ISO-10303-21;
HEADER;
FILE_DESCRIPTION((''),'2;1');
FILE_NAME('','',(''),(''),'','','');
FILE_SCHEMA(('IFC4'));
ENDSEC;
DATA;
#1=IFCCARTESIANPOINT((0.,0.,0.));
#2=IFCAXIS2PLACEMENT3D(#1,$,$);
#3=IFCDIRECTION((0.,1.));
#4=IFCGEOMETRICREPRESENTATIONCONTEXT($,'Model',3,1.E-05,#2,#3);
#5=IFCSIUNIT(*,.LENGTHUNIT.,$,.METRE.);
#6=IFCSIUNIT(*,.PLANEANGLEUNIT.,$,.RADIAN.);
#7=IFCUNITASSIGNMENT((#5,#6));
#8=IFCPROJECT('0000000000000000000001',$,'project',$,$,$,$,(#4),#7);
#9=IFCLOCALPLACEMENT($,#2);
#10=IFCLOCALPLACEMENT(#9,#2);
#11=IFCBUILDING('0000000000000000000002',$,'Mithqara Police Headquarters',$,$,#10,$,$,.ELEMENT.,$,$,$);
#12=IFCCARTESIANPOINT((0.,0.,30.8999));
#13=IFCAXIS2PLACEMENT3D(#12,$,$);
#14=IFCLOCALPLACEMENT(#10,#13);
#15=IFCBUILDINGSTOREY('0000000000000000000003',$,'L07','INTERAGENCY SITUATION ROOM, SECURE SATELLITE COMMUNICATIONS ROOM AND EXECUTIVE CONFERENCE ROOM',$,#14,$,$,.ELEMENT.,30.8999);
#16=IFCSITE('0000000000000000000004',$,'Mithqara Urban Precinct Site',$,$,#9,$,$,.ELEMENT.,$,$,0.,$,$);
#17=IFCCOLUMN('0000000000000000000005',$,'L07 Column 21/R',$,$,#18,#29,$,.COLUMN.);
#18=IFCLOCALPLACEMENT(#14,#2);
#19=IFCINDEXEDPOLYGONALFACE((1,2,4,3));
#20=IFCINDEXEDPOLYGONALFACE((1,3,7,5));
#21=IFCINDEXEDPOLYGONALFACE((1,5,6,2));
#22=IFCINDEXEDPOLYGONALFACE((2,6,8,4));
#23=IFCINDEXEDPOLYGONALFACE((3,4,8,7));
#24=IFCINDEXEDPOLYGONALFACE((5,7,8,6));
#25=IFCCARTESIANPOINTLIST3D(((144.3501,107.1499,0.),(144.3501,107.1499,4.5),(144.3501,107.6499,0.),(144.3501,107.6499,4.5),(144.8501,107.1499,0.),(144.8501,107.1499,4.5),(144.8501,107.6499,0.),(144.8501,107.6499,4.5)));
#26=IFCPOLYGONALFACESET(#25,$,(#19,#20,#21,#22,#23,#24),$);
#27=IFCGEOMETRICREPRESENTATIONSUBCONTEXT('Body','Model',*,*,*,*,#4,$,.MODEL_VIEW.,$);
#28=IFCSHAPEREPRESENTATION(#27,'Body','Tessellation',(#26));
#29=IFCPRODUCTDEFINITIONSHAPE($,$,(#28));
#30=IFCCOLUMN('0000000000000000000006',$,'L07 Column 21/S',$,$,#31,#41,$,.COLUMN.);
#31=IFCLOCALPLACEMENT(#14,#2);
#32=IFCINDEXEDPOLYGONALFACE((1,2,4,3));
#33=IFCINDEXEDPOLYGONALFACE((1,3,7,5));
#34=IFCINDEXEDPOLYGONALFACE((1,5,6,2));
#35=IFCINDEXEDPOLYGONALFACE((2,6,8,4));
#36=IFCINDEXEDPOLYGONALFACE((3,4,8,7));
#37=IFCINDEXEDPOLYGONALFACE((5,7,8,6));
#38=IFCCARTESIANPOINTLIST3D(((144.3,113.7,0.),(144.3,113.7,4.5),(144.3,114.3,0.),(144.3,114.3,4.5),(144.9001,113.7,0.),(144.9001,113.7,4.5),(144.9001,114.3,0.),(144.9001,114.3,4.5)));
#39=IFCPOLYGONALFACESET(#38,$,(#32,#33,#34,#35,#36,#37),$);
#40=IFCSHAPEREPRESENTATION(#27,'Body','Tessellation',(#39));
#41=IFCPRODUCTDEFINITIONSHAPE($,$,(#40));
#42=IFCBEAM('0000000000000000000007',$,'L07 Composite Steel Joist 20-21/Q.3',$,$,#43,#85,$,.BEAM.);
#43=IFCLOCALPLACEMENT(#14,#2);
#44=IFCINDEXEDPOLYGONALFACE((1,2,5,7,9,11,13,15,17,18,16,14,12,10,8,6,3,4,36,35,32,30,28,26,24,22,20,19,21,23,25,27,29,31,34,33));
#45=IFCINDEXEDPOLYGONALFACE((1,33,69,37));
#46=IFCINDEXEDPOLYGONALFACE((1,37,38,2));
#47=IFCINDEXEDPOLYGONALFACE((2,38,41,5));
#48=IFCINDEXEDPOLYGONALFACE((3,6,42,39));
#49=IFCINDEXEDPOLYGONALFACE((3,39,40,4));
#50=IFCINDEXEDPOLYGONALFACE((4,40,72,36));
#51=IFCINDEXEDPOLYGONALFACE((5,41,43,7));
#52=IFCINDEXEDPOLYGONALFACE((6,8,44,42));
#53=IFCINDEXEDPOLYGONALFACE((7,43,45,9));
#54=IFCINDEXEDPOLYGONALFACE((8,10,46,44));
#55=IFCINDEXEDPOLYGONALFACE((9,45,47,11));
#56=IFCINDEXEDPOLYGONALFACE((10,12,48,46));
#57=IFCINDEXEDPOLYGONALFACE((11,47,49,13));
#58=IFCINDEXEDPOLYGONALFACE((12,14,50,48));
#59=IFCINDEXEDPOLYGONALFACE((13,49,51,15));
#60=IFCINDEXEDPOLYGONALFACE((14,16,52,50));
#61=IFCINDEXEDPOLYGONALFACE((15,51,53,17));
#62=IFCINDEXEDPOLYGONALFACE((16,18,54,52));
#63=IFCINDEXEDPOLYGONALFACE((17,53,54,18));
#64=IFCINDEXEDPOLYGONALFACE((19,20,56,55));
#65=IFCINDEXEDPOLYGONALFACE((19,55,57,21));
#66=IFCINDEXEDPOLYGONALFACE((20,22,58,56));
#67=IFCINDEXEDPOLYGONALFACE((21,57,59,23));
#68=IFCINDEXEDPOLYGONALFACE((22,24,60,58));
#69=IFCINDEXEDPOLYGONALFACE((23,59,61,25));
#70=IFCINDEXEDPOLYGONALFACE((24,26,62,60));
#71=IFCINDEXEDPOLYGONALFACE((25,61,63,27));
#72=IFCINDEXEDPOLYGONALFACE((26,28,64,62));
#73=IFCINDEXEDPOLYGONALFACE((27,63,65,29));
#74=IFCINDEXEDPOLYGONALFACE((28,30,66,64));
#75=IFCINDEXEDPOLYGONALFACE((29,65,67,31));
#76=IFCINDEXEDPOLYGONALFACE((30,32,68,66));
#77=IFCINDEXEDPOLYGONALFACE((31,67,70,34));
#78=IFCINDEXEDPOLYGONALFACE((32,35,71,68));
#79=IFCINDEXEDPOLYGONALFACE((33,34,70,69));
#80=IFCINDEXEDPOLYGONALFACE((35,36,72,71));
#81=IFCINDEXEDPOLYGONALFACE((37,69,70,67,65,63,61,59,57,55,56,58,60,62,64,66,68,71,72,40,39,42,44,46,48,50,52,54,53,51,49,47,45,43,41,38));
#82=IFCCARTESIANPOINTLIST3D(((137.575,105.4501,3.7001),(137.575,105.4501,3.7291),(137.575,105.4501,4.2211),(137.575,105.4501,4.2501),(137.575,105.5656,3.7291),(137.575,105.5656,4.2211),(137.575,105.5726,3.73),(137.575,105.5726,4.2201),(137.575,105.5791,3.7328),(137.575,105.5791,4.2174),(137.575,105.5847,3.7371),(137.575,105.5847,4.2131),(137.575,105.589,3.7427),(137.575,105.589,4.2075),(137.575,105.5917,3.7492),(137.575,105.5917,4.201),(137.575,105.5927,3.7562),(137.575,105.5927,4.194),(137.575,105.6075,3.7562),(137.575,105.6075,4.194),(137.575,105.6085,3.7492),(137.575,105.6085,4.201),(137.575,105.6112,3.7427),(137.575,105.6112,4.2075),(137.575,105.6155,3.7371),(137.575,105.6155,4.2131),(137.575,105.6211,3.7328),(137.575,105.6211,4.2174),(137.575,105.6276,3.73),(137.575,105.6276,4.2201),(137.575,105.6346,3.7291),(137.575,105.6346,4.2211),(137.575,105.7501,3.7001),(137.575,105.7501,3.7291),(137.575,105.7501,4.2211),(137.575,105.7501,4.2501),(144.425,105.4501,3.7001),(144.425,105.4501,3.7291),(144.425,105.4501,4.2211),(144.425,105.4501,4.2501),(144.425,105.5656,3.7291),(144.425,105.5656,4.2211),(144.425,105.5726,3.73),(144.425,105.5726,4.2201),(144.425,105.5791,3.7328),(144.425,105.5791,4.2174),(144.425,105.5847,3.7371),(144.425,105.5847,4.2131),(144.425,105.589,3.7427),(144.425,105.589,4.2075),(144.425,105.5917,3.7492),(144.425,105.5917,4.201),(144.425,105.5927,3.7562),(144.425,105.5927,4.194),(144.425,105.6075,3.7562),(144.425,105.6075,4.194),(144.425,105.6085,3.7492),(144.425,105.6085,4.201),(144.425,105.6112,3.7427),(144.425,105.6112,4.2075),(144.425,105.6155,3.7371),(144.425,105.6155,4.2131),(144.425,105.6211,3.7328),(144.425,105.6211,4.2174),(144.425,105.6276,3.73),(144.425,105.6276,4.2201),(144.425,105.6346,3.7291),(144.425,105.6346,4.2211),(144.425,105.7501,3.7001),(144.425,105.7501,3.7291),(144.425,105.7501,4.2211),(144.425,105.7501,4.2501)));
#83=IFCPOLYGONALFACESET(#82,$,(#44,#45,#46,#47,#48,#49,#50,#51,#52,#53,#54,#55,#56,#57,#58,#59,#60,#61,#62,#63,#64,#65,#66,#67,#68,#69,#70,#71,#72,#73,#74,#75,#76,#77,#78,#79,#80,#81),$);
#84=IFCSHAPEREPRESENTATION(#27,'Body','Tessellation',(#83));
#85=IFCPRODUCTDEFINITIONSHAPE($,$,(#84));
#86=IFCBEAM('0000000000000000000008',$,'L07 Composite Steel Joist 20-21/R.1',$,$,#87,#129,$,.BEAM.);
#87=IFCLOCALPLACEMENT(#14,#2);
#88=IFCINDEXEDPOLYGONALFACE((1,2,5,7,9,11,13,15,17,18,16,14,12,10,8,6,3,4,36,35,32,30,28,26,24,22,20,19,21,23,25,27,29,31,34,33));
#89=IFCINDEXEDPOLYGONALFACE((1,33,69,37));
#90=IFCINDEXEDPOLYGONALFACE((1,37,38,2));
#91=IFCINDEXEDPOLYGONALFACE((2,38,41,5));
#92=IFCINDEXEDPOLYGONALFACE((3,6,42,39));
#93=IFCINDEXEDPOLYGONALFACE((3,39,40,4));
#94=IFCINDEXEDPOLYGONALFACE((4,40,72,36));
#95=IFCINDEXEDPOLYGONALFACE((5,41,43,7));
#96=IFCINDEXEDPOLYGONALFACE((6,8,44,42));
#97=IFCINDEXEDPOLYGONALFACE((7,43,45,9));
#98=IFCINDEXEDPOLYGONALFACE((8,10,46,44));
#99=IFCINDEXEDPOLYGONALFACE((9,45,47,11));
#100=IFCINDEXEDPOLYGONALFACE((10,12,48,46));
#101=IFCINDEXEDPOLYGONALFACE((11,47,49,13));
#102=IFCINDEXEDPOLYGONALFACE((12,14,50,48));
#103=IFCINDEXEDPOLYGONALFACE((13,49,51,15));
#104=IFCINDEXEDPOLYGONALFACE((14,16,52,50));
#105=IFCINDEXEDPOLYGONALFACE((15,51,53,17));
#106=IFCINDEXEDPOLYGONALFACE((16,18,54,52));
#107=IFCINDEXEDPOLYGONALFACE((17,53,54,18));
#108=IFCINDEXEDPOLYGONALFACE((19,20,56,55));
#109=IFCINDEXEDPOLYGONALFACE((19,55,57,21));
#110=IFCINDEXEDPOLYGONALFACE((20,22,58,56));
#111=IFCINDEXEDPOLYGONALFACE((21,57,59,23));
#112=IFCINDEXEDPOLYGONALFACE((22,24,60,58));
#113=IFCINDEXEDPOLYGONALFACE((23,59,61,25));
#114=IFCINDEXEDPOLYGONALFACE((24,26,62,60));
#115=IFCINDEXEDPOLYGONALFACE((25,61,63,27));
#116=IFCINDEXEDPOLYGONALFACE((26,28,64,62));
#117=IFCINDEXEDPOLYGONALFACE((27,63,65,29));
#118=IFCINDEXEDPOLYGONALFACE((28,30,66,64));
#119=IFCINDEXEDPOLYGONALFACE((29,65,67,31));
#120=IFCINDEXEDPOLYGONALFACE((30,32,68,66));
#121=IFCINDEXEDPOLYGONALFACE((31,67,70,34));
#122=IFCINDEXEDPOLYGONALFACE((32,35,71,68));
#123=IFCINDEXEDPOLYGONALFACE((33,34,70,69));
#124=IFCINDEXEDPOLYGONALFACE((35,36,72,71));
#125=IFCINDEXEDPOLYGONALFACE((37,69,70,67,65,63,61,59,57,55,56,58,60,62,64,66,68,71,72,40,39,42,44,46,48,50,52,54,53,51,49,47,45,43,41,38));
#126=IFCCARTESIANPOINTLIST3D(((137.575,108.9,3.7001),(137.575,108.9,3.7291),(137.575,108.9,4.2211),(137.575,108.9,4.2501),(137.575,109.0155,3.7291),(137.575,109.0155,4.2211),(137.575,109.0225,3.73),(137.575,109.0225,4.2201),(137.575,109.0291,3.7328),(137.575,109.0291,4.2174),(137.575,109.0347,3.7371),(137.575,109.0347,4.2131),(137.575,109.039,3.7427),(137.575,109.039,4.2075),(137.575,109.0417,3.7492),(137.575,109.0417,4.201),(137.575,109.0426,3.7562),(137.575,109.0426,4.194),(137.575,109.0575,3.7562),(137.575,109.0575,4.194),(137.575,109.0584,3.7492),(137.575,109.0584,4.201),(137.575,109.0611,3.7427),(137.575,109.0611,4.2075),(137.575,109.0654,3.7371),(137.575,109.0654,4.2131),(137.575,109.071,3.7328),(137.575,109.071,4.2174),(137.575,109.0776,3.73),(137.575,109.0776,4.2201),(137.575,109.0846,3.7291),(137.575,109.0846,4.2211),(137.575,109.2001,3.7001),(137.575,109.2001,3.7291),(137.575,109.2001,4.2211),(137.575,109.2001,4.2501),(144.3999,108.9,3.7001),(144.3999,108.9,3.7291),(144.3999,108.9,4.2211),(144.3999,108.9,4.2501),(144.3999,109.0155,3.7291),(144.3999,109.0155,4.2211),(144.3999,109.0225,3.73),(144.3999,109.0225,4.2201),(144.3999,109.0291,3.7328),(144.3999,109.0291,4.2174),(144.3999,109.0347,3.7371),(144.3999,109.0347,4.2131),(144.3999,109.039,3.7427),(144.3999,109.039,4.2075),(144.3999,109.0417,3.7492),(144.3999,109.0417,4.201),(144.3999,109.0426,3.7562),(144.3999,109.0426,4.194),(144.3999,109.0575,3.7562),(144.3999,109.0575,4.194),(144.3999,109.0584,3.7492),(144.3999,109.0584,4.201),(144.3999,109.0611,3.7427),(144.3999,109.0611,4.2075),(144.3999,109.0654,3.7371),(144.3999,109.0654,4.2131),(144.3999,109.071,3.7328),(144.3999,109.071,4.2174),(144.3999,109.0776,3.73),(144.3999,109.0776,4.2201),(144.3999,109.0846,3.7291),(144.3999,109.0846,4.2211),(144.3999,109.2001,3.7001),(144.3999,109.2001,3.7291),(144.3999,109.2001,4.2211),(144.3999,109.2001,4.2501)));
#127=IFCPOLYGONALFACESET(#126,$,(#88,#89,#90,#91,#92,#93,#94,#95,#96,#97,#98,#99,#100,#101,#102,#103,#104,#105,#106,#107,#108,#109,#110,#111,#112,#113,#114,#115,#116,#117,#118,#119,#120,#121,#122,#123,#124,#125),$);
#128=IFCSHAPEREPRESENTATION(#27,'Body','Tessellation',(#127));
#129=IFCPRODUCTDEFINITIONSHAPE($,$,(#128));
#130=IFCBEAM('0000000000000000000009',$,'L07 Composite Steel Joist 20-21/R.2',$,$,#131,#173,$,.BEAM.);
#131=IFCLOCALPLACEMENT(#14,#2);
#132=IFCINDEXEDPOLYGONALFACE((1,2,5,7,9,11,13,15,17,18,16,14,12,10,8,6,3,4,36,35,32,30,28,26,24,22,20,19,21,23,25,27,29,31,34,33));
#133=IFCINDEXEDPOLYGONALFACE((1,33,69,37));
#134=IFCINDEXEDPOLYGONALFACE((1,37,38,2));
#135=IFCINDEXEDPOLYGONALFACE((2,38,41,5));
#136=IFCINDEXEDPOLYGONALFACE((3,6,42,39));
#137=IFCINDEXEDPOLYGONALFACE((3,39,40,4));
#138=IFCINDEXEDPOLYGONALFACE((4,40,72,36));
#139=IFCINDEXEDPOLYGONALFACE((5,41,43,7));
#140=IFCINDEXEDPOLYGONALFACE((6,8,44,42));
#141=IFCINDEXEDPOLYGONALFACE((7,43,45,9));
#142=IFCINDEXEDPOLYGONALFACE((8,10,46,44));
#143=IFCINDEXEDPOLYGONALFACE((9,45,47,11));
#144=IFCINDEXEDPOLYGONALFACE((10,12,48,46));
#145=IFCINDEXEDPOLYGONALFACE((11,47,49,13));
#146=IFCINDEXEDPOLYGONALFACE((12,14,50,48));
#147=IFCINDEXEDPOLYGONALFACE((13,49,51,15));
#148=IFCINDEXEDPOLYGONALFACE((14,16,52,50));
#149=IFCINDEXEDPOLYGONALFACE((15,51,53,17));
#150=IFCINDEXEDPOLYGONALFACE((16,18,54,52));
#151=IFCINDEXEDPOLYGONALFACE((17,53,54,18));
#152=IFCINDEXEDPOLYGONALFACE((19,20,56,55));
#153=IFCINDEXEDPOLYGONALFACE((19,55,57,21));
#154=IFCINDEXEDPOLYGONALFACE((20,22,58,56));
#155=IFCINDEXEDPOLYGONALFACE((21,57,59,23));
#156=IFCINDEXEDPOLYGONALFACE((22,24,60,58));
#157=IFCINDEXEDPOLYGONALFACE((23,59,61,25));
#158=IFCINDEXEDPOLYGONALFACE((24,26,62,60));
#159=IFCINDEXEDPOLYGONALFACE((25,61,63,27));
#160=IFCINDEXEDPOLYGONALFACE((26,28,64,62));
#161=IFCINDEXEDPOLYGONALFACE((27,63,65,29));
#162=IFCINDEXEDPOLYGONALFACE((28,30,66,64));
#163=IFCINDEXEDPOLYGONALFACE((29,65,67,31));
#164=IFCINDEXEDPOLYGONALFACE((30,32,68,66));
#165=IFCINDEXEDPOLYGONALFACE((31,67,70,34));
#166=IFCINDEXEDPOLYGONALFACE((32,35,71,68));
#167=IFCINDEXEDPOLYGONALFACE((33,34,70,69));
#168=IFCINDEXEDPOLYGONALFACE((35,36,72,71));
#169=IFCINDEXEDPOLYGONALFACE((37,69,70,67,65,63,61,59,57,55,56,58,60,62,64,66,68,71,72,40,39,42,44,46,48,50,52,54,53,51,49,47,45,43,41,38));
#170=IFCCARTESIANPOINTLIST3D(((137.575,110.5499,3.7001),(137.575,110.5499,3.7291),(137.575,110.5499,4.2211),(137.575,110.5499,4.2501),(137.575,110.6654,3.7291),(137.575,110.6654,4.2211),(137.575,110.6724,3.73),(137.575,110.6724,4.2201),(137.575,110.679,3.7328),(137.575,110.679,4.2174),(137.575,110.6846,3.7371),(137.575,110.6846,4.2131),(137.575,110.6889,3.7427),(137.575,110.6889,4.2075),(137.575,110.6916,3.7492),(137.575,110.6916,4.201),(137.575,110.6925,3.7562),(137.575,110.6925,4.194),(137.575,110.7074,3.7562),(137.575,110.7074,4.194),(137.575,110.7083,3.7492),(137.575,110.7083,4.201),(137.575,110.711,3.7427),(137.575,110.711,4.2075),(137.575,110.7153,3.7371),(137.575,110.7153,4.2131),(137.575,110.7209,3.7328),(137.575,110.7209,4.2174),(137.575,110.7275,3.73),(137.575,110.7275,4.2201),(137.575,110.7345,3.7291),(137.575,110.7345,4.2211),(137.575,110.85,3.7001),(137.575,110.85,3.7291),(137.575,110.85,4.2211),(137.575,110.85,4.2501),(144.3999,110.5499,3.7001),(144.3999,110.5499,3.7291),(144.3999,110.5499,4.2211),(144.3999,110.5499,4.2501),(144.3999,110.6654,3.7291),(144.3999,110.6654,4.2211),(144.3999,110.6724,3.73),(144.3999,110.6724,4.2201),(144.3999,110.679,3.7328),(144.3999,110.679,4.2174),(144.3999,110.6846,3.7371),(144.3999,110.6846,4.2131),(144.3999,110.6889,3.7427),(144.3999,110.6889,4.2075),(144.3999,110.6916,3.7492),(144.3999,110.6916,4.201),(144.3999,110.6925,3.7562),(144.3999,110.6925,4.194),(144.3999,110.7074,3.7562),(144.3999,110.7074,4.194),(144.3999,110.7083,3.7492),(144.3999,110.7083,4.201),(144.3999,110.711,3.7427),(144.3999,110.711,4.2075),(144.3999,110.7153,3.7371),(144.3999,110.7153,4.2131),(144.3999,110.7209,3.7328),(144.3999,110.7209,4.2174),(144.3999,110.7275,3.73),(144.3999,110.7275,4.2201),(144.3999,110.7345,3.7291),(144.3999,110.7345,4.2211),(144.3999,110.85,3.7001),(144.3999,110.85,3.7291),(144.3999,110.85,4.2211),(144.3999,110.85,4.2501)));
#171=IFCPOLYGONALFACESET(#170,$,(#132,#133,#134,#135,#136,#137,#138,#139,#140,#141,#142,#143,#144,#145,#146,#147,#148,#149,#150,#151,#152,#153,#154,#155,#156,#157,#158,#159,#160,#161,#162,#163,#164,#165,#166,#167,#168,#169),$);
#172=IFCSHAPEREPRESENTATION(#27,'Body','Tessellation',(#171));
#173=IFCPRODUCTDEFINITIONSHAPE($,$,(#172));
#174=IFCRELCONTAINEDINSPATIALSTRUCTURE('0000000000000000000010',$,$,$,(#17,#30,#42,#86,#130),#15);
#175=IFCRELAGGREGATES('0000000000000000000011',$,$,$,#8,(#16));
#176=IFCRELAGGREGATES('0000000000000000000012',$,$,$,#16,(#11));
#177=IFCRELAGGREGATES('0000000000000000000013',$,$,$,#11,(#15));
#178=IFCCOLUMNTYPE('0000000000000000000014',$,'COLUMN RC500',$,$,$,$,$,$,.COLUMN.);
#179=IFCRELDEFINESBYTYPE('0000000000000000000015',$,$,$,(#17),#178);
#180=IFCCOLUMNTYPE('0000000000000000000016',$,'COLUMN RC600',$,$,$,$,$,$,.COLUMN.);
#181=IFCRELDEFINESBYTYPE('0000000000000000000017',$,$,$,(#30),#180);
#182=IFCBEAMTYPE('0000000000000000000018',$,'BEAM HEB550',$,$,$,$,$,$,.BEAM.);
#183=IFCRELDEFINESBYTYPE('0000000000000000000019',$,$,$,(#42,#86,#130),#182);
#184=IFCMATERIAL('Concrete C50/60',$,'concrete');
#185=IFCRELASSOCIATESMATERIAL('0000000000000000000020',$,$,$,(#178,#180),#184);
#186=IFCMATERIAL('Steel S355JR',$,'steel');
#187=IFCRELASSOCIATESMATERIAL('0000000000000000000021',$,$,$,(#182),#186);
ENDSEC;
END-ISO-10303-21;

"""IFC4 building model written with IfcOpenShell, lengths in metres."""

from ifc_helpers import new_model, si_unit, direction, frame, origin, origin_2d, place, context, subcontext, project, spatial, rectangle, i_section, extrude, material, material_profile, profile_set, type_object, element, save


model = new_model("IFC4")

# Units and contexts
model_context = context("Model", 3, precision=1e-05, world=origin(), true_north=direction((0.0, 1.0)))
body_context = subcontext(model_context, "Body", "Model", "MODEL_VIEW")
ifc_project = project(units=[si_unit("LENGTHUNIT", "METRE"), si_unit("PLANEANGLEUNIT", "RADIAN")], contexts=[model_context])

# Site, building, storey
site_placement = place(None, origin())
site = spatial("IfcSite", under=ifc_project, at=site_placement, Name="Mithqara Urban Precinct Site", CompositionType="ELEMENT", RefElevation=0.0)
building_placement = place(site_placement, origin())
building = spatial("IfcBuilding", under=site, at=building_placement, Name="Mithqara Police Headquarters", CompositionType="ELEMENT")
storey_placement = place(building_placement, frame((0.0, 0.0, 30.8999)))
storey = spatial("IfcBuildingStorey", under=building, at=storey_placement, Name="L07", Description="INTERAGENCY SITUATION ROOM, SECURE SATELLITE COMMUNICATIONS ROOM AND EXECUTIVE CONFERENCE ROOM", CompositionType="ELEMENT", Elevation=30.8999)

# Columns
ifc_material_1 = material(Name="Concrete C50/60", Category="concrete")
ifc_material_profile_1 = material_profile(ifc_material_1, rectangle(XDim=0.5, YDim=0.5, at=origin_2d()), Name="RC 500x500")
ifc_profile_set_1 = profile_set([ifc_material_profile_1], Name="Concrete C50/60")
column_type_1 = type_object("IfcColumnType", Name="COLUMN RC500", PredefinedType="COLUMN", material=ifc_profile_set_1)
column_1_placement = place(storey_placement, frame((144.6001, 107.3999, 0.0), z_axis=(0.0, 0.0, 1.0), x_axis=(1.0, 0.0, 0.0)))
element("IfcColumn", 1, at=column_1_placement, inside=storey, type_object=column_type_1, Name="L07 Column 21/R", PredefinedType="COLUMN", context=body_context, shape_type="SweptSolid", body=[
    extrude(rectangle(XDim=0.5, YDim=0.5, at=origin_2d()), origin(), (0.0, 0.0, 1.0), 4.5),
])
ifc_material_profile_2 = material_profile(ifc_material_1, rectangle(XDim=0.6001, YDim=0.6001, at=origin_2d()), Name="RC 600x600")
ifc_profile_set_2 = profile_set([ifc_material_profile_2], Name="Concrete C50/60")
column_type_2 = type_object("IfcColumnType", Name="COLUMN RC600", PredefinedType="COLUMN", material=ifc_profile_set_2)
column_2_placement = place(storey_placement, frame((144.6001, 114.0, 0.0), z_axis=(0.0, 0.0, 1.0), x_axis=(1.0, 0.0, 0.0)))
element("IfcColumn", 2, at=column_2_placement, inside=storey, type_object=column_type_2, Name="L07 Column 21/S", PredefinedType="COLUMN", context=body_context, shape_type="SweptSolid", body=[
    extrude(rectangle(XDim=0.6001, YDim=0.6001, at=origin_2d()), origin(), (0.0, 0.0, 1.0), 4.5),
])

# Beams
ifc_material_2 = material(Name="Steel S355JR", Category="steel")
ifc_material_profile_3 = material_profile(ifc_material_2, i_section(OverallWidth=0.3, OverallDepth=0.55, WebThickness=0.0149, FlangeThickness=0.0291, FilletRadius=0.0271, at=origin_2d()), Name="HEB 550")
ifc_profile_set_3 = profile_set([ifc_material_profile_3], Name="Steel S355JR")
beam_type_1 = type_object("IfcBeamType", Name="BEAM HEB550", PredefinedType="BEAM", material=ifc_profile_set_3)
beam_1_placement = place(storey_placement, frame((137.575, 105.6001, 3.9751), z_axis=(1.0, 0.0, 0.0), x_axis=(0.0, 1.0, 0.0)))
element("IfcBeam", 3, at=beam_1_placement, inside=storey, type_object=beam_type_1, Name="L07 Composite Steel Joist 20-21/Q.3", PredefinedType="BEAM", context=body_context, shape_type="SweptSolid", body=[
    extrude(i_section(OverallWidth=0.3, OverallDepth=0.55, WebThickness=0.0149, FlangeThickness=0.0291, FilletRadius=0.0271, at=origin_2d()), origin(), (0.0, 0.0, 1.0), 6.8501),
])
for number, where, z_axis, x_axis, name in (
    (4, (137.575, 109.05, 3.9751), (1.0, 0.0, 0.0), (0.0, 1.0, 0.0), "L07 Composite Steel Joist 20-21/R.1"),
    (5, (137.575, 110.7, 3.9751), (1.0, 0.0, 0.0), (0.0, 1.0, 0.0), "L07 Composite Steel Joist 20-21/R.2"),
):
    element("IfcBeam", number, at=place(storey_placement, frame(where, z_axis=z_axis, x_axis=x_axis)), inside=storey, type_object=beam_type_1, Name=name, PredefinedType="BEAM", context=body_context, shape_type="SweptSolid", body=[
        extrude(i_section(OverallWidth=0.3, OverallDepth=0.55, WebThickness=0.0149, FlangeThickness=0.0291, FilletRadius=0.0271, at=origin_2d()), origin(), (0.0, 0.0, 1.0), 6.825),
    ])

save(model, "model.ifc")
